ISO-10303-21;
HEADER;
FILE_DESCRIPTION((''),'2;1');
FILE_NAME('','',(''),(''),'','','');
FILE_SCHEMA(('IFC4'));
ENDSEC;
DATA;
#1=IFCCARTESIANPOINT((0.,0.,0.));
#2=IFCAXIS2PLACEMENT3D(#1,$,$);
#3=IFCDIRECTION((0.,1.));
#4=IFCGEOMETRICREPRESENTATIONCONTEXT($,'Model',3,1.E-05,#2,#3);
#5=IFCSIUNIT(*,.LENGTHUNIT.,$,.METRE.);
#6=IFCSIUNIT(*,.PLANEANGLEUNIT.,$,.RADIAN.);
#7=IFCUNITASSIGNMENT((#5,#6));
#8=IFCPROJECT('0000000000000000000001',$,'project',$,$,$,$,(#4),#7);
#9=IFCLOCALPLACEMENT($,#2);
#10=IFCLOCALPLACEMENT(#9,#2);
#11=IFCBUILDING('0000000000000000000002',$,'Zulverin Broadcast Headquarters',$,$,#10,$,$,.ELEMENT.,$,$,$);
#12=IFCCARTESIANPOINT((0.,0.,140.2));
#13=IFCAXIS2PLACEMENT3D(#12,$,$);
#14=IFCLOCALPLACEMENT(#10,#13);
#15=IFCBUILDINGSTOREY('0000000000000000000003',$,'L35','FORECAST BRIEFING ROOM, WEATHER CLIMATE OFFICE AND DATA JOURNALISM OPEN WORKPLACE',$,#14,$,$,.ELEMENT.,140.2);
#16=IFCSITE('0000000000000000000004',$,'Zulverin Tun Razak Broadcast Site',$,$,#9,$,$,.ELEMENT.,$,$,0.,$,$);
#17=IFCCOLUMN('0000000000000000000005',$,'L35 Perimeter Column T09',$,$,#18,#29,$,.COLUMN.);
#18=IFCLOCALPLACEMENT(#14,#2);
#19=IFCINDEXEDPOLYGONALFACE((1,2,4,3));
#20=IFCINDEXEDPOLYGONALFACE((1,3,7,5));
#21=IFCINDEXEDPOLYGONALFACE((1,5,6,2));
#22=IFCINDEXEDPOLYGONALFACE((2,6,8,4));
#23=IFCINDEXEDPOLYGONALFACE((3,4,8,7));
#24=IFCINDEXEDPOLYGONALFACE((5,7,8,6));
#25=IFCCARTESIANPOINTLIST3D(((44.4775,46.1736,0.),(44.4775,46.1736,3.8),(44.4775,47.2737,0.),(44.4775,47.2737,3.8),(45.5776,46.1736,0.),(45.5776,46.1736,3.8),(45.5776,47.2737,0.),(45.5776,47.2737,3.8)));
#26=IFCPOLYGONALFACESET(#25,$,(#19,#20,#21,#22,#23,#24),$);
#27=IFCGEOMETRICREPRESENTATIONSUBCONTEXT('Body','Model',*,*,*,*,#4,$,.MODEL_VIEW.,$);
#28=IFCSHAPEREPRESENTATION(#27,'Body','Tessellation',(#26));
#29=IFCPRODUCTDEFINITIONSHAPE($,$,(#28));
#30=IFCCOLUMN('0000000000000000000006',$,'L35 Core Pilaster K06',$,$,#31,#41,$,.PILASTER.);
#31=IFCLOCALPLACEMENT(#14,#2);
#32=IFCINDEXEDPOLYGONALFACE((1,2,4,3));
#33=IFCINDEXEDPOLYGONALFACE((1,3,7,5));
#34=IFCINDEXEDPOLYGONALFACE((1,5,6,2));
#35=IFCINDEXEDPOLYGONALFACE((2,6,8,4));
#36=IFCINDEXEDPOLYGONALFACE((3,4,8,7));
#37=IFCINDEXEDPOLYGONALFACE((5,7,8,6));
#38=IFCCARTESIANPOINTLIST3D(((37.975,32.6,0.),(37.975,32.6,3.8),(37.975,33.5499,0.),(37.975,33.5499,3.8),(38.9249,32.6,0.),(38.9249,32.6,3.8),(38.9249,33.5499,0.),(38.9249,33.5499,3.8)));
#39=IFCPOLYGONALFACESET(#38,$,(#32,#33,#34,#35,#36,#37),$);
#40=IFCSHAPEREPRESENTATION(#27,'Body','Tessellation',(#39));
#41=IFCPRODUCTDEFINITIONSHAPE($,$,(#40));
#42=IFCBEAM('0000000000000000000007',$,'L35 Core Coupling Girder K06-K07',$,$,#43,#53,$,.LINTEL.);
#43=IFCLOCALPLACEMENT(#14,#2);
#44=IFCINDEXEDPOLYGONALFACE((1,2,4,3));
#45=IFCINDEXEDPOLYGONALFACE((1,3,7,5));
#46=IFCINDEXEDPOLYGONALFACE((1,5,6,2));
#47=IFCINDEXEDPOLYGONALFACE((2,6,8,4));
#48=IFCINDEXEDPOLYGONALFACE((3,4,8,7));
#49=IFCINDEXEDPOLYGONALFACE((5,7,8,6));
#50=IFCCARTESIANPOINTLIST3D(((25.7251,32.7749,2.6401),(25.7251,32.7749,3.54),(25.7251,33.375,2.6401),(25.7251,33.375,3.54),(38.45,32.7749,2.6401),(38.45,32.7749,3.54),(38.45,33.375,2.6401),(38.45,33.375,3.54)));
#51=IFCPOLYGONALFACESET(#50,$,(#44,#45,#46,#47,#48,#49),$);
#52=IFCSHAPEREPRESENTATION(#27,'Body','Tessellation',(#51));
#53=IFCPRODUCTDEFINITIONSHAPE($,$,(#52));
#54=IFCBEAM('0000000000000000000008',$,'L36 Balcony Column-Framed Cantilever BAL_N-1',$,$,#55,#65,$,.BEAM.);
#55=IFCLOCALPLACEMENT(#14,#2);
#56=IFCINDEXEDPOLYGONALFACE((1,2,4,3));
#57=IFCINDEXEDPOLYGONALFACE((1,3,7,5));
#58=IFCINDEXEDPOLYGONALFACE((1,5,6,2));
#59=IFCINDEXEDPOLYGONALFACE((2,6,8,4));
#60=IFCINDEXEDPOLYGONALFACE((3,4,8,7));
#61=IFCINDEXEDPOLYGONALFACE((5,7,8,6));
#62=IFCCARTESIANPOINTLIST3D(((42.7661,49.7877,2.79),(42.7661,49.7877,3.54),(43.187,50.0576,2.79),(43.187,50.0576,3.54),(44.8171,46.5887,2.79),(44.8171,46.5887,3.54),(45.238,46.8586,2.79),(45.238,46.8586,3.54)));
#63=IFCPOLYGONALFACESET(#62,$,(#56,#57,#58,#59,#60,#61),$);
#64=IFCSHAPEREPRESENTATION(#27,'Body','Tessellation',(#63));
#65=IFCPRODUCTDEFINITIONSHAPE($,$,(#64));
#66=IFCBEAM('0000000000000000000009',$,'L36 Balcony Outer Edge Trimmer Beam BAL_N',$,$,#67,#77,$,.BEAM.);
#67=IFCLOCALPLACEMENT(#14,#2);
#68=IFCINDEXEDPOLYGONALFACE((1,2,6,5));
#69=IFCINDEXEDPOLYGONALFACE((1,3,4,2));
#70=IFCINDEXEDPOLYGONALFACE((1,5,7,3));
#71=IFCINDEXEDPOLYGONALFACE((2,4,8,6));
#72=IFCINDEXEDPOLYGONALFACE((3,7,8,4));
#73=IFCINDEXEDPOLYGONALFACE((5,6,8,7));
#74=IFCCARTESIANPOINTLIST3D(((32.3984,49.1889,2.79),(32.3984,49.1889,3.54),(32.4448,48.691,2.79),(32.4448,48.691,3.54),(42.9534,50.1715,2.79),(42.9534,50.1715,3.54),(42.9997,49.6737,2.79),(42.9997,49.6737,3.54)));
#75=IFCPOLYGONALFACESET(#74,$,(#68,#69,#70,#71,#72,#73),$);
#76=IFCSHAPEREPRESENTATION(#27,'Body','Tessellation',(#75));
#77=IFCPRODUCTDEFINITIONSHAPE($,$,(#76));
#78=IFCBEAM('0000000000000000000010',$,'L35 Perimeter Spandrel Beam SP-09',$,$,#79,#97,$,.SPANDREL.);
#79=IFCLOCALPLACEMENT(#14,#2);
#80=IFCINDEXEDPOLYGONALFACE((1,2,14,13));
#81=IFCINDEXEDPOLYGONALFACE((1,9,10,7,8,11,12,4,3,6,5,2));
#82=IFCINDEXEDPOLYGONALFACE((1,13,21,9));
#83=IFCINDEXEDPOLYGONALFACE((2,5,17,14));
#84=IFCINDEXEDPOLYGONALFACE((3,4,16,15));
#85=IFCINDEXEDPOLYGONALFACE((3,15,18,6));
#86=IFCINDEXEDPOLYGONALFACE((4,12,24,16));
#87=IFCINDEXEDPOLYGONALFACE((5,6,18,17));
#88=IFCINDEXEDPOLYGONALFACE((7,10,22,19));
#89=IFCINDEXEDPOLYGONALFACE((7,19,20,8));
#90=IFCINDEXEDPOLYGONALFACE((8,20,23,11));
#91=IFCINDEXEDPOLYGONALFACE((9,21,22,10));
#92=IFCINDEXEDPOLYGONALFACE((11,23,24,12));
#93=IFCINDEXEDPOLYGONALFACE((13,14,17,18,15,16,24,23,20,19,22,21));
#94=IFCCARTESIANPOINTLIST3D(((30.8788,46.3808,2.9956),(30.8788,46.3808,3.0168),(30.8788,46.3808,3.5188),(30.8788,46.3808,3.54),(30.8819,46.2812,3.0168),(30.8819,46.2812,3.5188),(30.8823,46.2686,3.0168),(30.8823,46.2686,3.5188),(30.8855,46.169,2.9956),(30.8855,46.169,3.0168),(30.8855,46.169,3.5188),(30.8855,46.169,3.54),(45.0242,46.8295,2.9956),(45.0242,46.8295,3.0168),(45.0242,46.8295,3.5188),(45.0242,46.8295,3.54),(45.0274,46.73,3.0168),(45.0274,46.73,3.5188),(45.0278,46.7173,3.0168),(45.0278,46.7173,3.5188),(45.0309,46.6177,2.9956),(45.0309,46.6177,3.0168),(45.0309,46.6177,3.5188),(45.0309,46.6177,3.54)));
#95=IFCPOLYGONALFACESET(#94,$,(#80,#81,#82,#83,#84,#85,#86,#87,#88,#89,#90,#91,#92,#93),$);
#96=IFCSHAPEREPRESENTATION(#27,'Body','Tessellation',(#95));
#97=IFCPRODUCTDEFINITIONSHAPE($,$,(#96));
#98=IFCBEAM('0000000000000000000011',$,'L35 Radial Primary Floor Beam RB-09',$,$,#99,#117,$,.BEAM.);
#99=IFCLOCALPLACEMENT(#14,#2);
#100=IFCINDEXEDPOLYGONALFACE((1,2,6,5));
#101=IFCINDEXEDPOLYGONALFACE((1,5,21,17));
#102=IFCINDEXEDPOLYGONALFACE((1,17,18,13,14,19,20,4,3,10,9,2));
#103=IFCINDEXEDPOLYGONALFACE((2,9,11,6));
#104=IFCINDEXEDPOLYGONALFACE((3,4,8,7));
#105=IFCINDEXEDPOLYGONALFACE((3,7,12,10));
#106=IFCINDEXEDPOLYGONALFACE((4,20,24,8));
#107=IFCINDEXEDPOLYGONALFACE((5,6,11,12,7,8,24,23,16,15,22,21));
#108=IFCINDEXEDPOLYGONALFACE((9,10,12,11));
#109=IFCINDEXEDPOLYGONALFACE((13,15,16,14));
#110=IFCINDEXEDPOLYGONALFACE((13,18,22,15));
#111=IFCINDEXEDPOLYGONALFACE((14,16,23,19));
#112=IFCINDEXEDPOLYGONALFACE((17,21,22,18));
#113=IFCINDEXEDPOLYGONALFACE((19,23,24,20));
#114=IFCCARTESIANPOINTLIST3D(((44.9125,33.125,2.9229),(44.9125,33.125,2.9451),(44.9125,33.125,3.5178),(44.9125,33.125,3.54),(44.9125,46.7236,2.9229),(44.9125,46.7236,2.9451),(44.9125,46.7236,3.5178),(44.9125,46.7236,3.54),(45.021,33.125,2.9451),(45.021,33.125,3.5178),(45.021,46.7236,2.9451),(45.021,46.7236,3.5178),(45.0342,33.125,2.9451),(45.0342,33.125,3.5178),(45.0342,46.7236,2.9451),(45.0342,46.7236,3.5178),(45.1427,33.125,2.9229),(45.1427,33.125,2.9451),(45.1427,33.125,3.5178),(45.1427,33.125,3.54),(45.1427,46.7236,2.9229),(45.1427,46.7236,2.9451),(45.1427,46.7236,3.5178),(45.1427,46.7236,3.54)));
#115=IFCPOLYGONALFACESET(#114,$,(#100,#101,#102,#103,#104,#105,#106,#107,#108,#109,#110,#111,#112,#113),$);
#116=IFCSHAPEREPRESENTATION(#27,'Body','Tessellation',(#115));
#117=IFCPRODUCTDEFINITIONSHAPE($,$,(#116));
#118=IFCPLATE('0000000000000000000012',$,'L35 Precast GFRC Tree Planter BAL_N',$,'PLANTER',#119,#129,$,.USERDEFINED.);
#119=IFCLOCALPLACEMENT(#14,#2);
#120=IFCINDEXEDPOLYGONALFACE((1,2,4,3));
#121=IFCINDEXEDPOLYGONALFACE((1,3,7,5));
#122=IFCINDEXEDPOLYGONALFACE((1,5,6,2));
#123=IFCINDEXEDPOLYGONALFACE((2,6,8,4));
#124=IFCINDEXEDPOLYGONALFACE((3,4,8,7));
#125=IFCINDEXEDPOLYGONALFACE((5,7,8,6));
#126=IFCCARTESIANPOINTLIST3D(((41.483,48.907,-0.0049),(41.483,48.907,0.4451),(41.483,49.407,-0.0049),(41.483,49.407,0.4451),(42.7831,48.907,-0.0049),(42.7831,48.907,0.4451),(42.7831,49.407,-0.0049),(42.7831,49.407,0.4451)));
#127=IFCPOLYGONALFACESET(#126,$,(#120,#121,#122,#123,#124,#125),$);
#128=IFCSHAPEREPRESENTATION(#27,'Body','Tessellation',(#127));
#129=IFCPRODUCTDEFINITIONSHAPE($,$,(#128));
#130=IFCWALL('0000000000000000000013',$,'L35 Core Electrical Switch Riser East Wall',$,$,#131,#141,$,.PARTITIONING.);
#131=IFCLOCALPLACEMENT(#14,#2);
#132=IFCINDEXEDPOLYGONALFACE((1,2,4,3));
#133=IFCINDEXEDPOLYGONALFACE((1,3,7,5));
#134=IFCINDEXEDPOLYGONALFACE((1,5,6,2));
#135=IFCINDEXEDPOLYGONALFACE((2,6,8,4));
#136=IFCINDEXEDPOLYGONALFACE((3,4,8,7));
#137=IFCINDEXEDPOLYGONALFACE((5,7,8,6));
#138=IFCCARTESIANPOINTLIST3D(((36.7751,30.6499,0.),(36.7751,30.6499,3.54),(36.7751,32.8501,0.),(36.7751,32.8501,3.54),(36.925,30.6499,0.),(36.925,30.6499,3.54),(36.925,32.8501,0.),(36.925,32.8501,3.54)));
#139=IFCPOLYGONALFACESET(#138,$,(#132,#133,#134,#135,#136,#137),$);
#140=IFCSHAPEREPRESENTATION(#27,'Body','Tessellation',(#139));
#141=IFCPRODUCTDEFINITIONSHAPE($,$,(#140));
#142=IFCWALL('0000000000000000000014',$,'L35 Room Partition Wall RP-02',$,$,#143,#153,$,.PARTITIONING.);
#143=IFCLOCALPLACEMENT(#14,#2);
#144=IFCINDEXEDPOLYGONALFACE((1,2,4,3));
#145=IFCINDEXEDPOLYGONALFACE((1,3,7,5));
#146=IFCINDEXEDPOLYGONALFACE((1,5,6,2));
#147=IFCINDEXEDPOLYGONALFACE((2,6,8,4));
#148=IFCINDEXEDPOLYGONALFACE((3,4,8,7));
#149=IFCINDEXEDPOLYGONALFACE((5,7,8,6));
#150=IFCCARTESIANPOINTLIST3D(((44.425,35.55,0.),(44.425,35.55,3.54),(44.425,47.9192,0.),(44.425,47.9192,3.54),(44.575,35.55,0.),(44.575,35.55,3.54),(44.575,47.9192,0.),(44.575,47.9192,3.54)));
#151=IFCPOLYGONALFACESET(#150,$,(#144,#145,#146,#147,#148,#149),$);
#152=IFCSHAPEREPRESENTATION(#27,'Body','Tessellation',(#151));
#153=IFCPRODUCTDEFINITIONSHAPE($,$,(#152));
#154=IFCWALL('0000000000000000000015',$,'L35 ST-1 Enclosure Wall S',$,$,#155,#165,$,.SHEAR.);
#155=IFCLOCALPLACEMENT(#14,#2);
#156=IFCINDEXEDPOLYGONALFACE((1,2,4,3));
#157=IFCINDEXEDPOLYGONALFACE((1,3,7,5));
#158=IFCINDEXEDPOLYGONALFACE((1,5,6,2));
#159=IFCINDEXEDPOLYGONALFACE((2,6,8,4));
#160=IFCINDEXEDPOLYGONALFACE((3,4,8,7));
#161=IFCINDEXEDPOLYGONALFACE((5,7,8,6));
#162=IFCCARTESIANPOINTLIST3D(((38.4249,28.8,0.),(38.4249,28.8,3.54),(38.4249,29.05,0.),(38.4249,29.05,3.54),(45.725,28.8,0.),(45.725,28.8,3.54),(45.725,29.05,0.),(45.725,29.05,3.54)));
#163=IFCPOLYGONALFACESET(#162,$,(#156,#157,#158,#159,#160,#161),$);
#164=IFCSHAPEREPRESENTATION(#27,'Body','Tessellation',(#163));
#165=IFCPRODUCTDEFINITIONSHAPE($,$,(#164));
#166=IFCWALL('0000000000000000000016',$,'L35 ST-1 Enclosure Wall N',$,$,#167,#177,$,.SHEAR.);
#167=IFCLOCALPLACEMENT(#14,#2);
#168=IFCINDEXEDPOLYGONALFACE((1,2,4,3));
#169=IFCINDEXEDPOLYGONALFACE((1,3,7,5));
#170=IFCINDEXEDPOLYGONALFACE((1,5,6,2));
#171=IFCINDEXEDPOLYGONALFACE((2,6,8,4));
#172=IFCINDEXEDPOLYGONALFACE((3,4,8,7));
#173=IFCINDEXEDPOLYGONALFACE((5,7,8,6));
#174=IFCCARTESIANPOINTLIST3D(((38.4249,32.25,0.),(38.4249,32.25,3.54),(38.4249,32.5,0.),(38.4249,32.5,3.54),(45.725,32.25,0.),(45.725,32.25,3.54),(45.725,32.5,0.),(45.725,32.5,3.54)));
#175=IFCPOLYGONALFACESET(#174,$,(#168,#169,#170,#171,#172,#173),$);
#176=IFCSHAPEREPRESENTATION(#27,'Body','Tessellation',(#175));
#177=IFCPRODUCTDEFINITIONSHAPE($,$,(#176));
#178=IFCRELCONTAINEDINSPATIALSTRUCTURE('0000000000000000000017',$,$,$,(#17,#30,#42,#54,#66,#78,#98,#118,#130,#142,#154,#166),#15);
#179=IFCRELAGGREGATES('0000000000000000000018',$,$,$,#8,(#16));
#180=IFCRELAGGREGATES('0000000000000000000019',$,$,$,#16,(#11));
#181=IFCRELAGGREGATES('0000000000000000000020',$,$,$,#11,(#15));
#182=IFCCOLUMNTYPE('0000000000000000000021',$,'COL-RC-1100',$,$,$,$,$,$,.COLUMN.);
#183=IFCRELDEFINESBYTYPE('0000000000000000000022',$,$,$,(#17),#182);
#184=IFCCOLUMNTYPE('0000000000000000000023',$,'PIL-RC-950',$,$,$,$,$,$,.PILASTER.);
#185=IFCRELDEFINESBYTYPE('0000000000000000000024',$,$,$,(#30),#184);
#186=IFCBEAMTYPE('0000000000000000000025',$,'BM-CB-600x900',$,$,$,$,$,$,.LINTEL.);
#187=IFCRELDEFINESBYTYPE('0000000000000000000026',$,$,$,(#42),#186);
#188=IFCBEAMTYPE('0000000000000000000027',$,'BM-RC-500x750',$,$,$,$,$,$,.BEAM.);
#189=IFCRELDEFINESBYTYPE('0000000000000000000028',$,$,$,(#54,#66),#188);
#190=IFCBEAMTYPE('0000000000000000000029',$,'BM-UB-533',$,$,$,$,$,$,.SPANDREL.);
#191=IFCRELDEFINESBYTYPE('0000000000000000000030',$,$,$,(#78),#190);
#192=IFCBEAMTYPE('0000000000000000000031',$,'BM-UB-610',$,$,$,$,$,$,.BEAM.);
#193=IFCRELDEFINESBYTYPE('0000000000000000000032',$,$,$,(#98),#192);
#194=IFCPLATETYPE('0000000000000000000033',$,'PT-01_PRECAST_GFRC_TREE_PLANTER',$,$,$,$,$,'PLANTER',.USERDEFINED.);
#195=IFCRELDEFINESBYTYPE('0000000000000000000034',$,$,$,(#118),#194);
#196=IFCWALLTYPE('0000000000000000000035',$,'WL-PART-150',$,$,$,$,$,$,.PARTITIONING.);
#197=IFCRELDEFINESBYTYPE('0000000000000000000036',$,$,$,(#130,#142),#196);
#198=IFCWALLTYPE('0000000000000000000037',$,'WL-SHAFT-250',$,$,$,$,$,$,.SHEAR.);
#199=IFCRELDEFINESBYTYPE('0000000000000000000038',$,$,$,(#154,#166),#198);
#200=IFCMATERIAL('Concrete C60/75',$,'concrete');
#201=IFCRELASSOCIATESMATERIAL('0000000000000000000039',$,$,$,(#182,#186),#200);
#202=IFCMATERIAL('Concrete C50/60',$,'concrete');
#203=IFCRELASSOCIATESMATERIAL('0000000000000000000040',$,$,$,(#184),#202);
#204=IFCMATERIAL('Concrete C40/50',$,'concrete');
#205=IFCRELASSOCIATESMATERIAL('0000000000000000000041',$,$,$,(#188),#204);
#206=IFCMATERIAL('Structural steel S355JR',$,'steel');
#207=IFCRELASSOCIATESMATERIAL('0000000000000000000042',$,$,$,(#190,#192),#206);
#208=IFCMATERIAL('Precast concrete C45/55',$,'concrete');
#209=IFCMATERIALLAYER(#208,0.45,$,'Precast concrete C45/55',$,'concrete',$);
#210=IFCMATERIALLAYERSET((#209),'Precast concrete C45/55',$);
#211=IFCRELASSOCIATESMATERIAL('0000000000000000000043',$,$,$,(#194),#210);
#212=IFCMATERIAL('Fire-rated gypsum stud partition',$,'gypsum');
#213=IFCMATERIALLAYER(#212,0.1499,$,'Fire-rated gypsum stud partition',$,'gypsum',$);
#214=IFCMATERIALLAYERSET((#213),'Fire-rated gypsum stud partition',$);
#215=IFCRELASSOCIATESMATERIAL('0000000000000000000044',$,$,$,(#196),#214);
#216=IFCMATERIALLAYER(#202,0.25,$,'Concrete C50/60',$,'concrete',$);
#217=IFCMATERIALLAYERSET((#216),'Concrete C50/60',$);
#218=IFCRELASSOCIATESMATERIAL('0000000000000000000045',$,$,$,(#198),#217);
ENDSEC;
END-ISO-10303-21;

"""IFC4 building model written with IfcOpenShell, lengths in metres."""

from ifc_helpers import new_model, si_unit, direction, frame, frame_2d, origin, origin_2d, place, context, subcontext, project, spatial, rectangle, i_section, extrude, material, layer, layer_set, material_profile, profile_set, type_object, element, save


model = new_model("IFC4")

# Units and contexts
model_context = context("Model", 3, precision=1e-05, world=origin(), true_north=direction((0.0, 1.0)))
body_context = subcontext(model_context, "Body", "Model", "MODEL_VIEW")
ifc_project = project(units=[si_unit("LENGTHUNIT", "METRE"), si_unit("PLANEANGLEUNIT", "RADIAN")], contexts=[model_context])

# Site, building, storey
site_placement = place(None, origin())
site = spatial("IfcSite", under=ifc_project, at=site_placement, Name="Zulverin Tun Razak Broadcast Site", CompositionType="ELEMENT", RefElevation=0.0)
building_placement = place(site_placement, origin())
building = spatial("IfcBuilding", under=site, at=building_placement, Name="Zulverin Broadcast Headquarters", CompositionType="ELEMENT")
storey_placement = place(building_placement, frame((0.0, 0.0, 140.2)))
storey = spatial("IfcBuildingStorey", under=building, at=storey_placement, Name="L35", Description="FORECAST BRIEFING ROOM, WEATHER CLIMATE OFFICE AND DATA JOURNALISM OPEN WORKPLACE", CompositionType="ELEMENT", Elevation=140.2)

# Columns
ifc_material_1 = material(Name="Concrete C60/75", Category="concrete")
ifc_material_profile_1 = material_profile(ifc_material_1, rectangle(XDim=1.1001, YDim=1.1001, at=origin_2d()), Name="Concrete C60/75", Category="concrete")
ifc_profile_set_1 = profile_set([ifc_material_profile_1], Name="Concrete C60/75")
column_type_1 = type_object("IfcColumnType", Name="COL-RC-1100", PredefinedType="COLUMN", material=ifc_profile_set_1)
column_1_placement = place(storey_placement, frame((45.0276, 46.7236, 0.0), z_axis=(0.0, 0.0, 1.0), x_axis=(1.0, 0.0, 0.0)))
element("IfcColumn", 1, at=column_1_placement, inside=storey, type_object=column_type_1, Name="L35 Perimeter Column T09", PredefinedType="COLUMN", context=body_context, shape_type="SweptSolid", body=[
    extrude(rectangle(XDim=1.1001, YDim=1.1001, at=origin_2d()), origin(), (0.0, 0.0, 1.0), 3.8),
])
ifc_material_2 = material(Name="Concrete C50/60", Category="concrete")
ifc_material_profile_2 = material_profile(ifc_material_2, rectangle(XDim=0.95, YDim=0.95, at=origin_2d()), Name="Concrete C50/60", Category="concrete")
ifc_profile_set_2 = profile_set([ifc_material_profile_2], Name="Concrete C50/60")
column_type_2 = type_object("IfcColumnType", Name="PIL-RC-950", PredefinedType="PILASTER", material=ifc_profile_set_2)
column_2_placement = place(storey_placement, frame((38.45, 33.075, 0.0), z_axis=(0.0, 0.0, 1.0), x_axis=(1.0, 0.0, 0.0)))
element("IfcColumn", 2, at=column_2_placement, inside=storey, type_object=column_type_2, Name="L35 Core Pilaster K06", PredefinedType="PILASTER", context=body_context, shape_type="SweptSolid", body=[
    extrude(rectangle(XDim=0.95, YDim=0.95, at=origin_2d()), origin(), (0.0, 0.0, 1.0), 3.8),
])

# Beams
ifc_material_profile_3 = material_profile(ifc_material_1, rectangle(XDim=0.6001, YDim=0.8999, at=origin_2d()), Name="Concrete C60/75", Category="concrete")
ifc_profile_set_3 = profile_set([ifc_material_profile_3], Name="Concrete C60/75")
beam_type_1 = type_object("IfcBeamType", Name="BM-CB-600x900", PredefinedType="LINTEL", material=ifc_profile_set_3)
beam_1_placement = place(storey_placement, frame((38.45, 33.075, 3.0901), z_axis=(-1.0, 0.0, 0.0), x_axis=(0.0, -1.0, 0.0)))
element("IfcBeam", 3, at=beam_1_placement, inside=storey, type_object=beam_type_1, Name="L35 Core Coupling Girder K06-K07", PredefinedType="LINTEL", context=body_context, shape_type="SweptSolid", body=[
    extrude(rectangle(XDim=0.6001, YDim=0.8999, at=origin_2d()), origin(), (0.0, 0.0, 1.0), 12.7249),
])
ifc_material_3 = material(Name="Concrete C40/50", Category="concrete")
ifc_material_profile_4 = material_profile(ifc_material_3, rectangle(XDim=0.5, YDim=0.75, at=origin_2d()), Name="Concrete C40/50", Category="concrete")
ifc_profile_set_4 = profile_set([ifc_material_profile_4], Name="Concrete C40/50")
beam_type_2 = type_object("IfcBeamType", Name="BM-RC-500x750", PredefinedType="BEAM", material=ifc_profile_set_4)
beam_2_placement = place(storey_placement, frame((45.0276, 46.7236, 3.165), z_axis=(-0.539741, 0.841831, 0.0), x_axis=(-0.841831, -0.539741, 0.0)))
element("IfcBeam", 4, at=beam_2_placement, inside=storey, type_object=beam_type_2, Name="L36 Balcony Column-Framed Cantilever BAL_N-1", PredefinedType="BEAM", context=body_context, shape_type="SweptSolid", body=[
    extrude(rectangle(XDim=0.5, YDim=0.75, at=origin_2d()), origin(), (0.0, 0.0, 1.0), 3.8),
])
beam_3_placement = place(storey_placement, frame((42.9766, 49.9226, 3.165), z_axis=(-0.995694, -0.092699, 0.0), x_axis=(0.092699, -0.995694, 0.0)))
element("IfcBeam", 5, at=beam_3_placement, inside=storey, type_object=beam_type_2, Name="L36 Balcony Outer Edge Trimmer Beam BAL_N", PredefinedType="BEAM", context=body_context, shape_type="SweptSolid", body=[
    extrude(rectangle(XDim=0.5, YDim=0.75, at=origin_2d()), origin(), (0.0, 0.0, 1.0), 10.6006),
])
ifc_material_4 = material(Name="Structural steel S355JR", Category="steel")
ifc_material_profile_5 = material_profile(ifc_material_4, i_section(OverallWidth=0.2119, OverallDepth=0.5444, WebThickness=0.0127, FlangeThickness=0.0212, at=origin_2d()), Name="Structural steel S355JR", Category="steel")
ifc_profile_set_5 = profile_set([ifc_material_profile_5], Name="Structural steel S355JR")
beam_type_3 = type_object("IfcBeamType", Name="BM-UB-533", PredefinedType="SPANDREL", material=ifc_profile_set_5)
beam_4_placement = place(storey_placement, frame((45.0276, 46.7236, 3.2678), z_axis=(-0.999497, -0.031707, 0.0), x_axis=(0.031707, -0.999497, 0.0)))
element("IfcBeam", 6, at=beam_4_placement, inside=storey, type_object=beam_type_3, Name="L35 Perimeter Spandrel Beam SP-09", PredefinedType="SPANDREL", context=body_context, shape_type="SweptSolid", body=[
    extrude(i_section(OverallWidth=0.2119, OverallDepth=0.5444, WebThickness=0.0127, FlangeThickness=0.0212, at=origin_2d()), origin(), (0.0, 0.0, 1.0), 14.1526),
])
ifc_material_profile_6 = material_profile(ifc_material_4, i_section(OverallWidth=0.2302, OverallDepth=0.6172, WebThickness=0.0132, FlangeThickness=0.0222, at=origin_2d()), Name="Structural steel S355JR", Category="steel")
ifc_profile_set_6 = profile_set([ifc_material_profile_6], Name="Structural steel S355JR")
beam_type_4 = type_object("IfcBeamType", Name="BM-UB-610", PredefinedType="BEAM", material=ifc_profile_set_6)
beam_5_placement = place(storey_placement, frame((45.0276, 33.125, 3.2314), z_axis=(0.0, 1.0, 0.0), x_axis=(-1.0, 0.0, 0.0)))
element("IfcBeam", 7, at=beam_5_placement, inside=storey, type_object=beam_type_4, Name="L35 Radial Primary Floor Beam RB-09", PredefinedType="BEAM", context=body_context, shape_type="SweptSolid", body=[
    extrude(i_section(OverallWidth=0.2302, OverallDepth=0.6172, WebThickness=0.0132, FlangeThickness=0.0222, at=origin_2d()), origin(), (0.0, 0.0, 1.0), 13.5986),
])

# Plate
ifc_material_5 = material(Name="Precast concrete C45/55", Category="concrete")
ifc_layer_1 = layer(ifc_material_5, 0.45, Name="Precast concrete C45/55", Category="concrete")
ifc_layer_set_1 = layer_set([ifc_layer_1], Name="Precast concrete C45/55")
plate_type = type_object("IfcPlateType", Name="PT-01_PRECAST_GFRC_TREE_PLANTER", ElementType="PLANTER", PredefinedType="USERDEFINED", material=ifc_layer_set_1)
plate_placement = place(storey_placement, frame((42.1331, 49.157, -0.0049), z_axis=(0.0, 0.0, 1.0), x_axis=(1.0, 0.0, 0.0)))
element("IfcPlate", 8, at=plate_placement, inside=storey, type_object=plate_type, Name="L35 Precast GFRC Tree Planter BAL_N", ObjectType="PLANTER", PredefinedType="USERDEFINED", context=body_context, shape_type="SweptSolid", body=[
    extrude(rectangle(XDim=1.3, YDim=0.5, at=origin_2d()), origin(), (0.0, 0.0, 1.0), 0.45),
])

# Walls
ifc_material_6 = material(Name="Fire-rated gypsum stud partition", Category="gypsum")
ifc_layer_2 = layer(ifc_material_6, 0.1499, Name="Fire-rated gypsum stud partition", Category="gypsum")
ifc_layer_set_2 = layer_set([ifc_layer_2], Name="Fire-rated gypsum stud partition")
wall_type_1 = type_object("IfcWallType", Name="WL-PART-150", PredefinedType="PARTITIONING", material=ifc_layer_set_2)
wall_1_placement = place(storey_placement, frame((36.8501, 30.6499, 0.0), z_axis=(0.0, 0.0, 1.0), x_axis=(0.0, 1.0, 0.0)))
element("IfcWall", 9, at=wall_1_placement, inside=storey, type_object=wall_type_1, Name="L35 Core Electrical Switch Riser East Wall", PredefinedType="PARTITIONING", context=body_context, shape_type="SweptSolid", body=[
    extrude(rectangle(XDim=2.2002, YDim=0.1499, at=frame_2d((1.1001, 0.0))), origin(), (0.0, 0.0, 1.0), 3.54),
])
wall_2_placement = place(storey_placement, frame((44.5, 35.55, 0.0), z_axis=(0.0, 0.0, 1.0), x_axis=(0.0, 1.0, 0.0)))
element("IfcWall", 10, at=wall_2_placement, inside=storey, type_object=wall_type_1, Name="L35 Room Partition Wall RP-02", PredefinedType="PARTITIONING", context=body_context, shape_type="SweptSolid", body=[
    extrude(rectangle(XDim=12.3691, YDim=0.1499, at=frame_2d((6.1846, 0.0))), origin(), (0.0, 0.0, 1.0), 3.54),
])
ifc_layer_3 = layer(ifc_material_2, 0.25, Name="Concrete C50/60", Category="concrete")
ifc_layer_set_3 = layer_set([ifc_layer_3], Name="Concrete C50/60")
wall_type_2 = type_object("IfcWallType", Name="WL-SHAFT-250", PredefinedType="SHEAR", material=ifc_layer_set_3)
for number, where, z_axis, x_axis, name in (
    (11, (38.425, 28.925, 0.0), (0.0, 0.0, 1.0), (1.0, 0.0, 0.0), "L35 ST-1 Enclosure Wall S"),
    (12, (38.425, 32.375, 0.0), (0.0, 0.0, 1.0), (1.0, 0.0, 0.0), "L35 ST-1 Enclosure Wall N"),
):
    element("IfcWall", number, at=place(storey_placement, frame(where, z_axis=z_axis, x_axis=x_axis)), inside=storey, type_object=wall_type_2, Name=name, PredefinedType="SHEAR", context=body_context, shape_type="SweptSolid", body=[
        extrude(rectangle(XDim=7.3, YDim=0.25, at=frame_2d((3.6499, 0.0))), origin(), (0.0, 0.0, 1.0), 3.54),
    ])

save(model, "model.ifc")
